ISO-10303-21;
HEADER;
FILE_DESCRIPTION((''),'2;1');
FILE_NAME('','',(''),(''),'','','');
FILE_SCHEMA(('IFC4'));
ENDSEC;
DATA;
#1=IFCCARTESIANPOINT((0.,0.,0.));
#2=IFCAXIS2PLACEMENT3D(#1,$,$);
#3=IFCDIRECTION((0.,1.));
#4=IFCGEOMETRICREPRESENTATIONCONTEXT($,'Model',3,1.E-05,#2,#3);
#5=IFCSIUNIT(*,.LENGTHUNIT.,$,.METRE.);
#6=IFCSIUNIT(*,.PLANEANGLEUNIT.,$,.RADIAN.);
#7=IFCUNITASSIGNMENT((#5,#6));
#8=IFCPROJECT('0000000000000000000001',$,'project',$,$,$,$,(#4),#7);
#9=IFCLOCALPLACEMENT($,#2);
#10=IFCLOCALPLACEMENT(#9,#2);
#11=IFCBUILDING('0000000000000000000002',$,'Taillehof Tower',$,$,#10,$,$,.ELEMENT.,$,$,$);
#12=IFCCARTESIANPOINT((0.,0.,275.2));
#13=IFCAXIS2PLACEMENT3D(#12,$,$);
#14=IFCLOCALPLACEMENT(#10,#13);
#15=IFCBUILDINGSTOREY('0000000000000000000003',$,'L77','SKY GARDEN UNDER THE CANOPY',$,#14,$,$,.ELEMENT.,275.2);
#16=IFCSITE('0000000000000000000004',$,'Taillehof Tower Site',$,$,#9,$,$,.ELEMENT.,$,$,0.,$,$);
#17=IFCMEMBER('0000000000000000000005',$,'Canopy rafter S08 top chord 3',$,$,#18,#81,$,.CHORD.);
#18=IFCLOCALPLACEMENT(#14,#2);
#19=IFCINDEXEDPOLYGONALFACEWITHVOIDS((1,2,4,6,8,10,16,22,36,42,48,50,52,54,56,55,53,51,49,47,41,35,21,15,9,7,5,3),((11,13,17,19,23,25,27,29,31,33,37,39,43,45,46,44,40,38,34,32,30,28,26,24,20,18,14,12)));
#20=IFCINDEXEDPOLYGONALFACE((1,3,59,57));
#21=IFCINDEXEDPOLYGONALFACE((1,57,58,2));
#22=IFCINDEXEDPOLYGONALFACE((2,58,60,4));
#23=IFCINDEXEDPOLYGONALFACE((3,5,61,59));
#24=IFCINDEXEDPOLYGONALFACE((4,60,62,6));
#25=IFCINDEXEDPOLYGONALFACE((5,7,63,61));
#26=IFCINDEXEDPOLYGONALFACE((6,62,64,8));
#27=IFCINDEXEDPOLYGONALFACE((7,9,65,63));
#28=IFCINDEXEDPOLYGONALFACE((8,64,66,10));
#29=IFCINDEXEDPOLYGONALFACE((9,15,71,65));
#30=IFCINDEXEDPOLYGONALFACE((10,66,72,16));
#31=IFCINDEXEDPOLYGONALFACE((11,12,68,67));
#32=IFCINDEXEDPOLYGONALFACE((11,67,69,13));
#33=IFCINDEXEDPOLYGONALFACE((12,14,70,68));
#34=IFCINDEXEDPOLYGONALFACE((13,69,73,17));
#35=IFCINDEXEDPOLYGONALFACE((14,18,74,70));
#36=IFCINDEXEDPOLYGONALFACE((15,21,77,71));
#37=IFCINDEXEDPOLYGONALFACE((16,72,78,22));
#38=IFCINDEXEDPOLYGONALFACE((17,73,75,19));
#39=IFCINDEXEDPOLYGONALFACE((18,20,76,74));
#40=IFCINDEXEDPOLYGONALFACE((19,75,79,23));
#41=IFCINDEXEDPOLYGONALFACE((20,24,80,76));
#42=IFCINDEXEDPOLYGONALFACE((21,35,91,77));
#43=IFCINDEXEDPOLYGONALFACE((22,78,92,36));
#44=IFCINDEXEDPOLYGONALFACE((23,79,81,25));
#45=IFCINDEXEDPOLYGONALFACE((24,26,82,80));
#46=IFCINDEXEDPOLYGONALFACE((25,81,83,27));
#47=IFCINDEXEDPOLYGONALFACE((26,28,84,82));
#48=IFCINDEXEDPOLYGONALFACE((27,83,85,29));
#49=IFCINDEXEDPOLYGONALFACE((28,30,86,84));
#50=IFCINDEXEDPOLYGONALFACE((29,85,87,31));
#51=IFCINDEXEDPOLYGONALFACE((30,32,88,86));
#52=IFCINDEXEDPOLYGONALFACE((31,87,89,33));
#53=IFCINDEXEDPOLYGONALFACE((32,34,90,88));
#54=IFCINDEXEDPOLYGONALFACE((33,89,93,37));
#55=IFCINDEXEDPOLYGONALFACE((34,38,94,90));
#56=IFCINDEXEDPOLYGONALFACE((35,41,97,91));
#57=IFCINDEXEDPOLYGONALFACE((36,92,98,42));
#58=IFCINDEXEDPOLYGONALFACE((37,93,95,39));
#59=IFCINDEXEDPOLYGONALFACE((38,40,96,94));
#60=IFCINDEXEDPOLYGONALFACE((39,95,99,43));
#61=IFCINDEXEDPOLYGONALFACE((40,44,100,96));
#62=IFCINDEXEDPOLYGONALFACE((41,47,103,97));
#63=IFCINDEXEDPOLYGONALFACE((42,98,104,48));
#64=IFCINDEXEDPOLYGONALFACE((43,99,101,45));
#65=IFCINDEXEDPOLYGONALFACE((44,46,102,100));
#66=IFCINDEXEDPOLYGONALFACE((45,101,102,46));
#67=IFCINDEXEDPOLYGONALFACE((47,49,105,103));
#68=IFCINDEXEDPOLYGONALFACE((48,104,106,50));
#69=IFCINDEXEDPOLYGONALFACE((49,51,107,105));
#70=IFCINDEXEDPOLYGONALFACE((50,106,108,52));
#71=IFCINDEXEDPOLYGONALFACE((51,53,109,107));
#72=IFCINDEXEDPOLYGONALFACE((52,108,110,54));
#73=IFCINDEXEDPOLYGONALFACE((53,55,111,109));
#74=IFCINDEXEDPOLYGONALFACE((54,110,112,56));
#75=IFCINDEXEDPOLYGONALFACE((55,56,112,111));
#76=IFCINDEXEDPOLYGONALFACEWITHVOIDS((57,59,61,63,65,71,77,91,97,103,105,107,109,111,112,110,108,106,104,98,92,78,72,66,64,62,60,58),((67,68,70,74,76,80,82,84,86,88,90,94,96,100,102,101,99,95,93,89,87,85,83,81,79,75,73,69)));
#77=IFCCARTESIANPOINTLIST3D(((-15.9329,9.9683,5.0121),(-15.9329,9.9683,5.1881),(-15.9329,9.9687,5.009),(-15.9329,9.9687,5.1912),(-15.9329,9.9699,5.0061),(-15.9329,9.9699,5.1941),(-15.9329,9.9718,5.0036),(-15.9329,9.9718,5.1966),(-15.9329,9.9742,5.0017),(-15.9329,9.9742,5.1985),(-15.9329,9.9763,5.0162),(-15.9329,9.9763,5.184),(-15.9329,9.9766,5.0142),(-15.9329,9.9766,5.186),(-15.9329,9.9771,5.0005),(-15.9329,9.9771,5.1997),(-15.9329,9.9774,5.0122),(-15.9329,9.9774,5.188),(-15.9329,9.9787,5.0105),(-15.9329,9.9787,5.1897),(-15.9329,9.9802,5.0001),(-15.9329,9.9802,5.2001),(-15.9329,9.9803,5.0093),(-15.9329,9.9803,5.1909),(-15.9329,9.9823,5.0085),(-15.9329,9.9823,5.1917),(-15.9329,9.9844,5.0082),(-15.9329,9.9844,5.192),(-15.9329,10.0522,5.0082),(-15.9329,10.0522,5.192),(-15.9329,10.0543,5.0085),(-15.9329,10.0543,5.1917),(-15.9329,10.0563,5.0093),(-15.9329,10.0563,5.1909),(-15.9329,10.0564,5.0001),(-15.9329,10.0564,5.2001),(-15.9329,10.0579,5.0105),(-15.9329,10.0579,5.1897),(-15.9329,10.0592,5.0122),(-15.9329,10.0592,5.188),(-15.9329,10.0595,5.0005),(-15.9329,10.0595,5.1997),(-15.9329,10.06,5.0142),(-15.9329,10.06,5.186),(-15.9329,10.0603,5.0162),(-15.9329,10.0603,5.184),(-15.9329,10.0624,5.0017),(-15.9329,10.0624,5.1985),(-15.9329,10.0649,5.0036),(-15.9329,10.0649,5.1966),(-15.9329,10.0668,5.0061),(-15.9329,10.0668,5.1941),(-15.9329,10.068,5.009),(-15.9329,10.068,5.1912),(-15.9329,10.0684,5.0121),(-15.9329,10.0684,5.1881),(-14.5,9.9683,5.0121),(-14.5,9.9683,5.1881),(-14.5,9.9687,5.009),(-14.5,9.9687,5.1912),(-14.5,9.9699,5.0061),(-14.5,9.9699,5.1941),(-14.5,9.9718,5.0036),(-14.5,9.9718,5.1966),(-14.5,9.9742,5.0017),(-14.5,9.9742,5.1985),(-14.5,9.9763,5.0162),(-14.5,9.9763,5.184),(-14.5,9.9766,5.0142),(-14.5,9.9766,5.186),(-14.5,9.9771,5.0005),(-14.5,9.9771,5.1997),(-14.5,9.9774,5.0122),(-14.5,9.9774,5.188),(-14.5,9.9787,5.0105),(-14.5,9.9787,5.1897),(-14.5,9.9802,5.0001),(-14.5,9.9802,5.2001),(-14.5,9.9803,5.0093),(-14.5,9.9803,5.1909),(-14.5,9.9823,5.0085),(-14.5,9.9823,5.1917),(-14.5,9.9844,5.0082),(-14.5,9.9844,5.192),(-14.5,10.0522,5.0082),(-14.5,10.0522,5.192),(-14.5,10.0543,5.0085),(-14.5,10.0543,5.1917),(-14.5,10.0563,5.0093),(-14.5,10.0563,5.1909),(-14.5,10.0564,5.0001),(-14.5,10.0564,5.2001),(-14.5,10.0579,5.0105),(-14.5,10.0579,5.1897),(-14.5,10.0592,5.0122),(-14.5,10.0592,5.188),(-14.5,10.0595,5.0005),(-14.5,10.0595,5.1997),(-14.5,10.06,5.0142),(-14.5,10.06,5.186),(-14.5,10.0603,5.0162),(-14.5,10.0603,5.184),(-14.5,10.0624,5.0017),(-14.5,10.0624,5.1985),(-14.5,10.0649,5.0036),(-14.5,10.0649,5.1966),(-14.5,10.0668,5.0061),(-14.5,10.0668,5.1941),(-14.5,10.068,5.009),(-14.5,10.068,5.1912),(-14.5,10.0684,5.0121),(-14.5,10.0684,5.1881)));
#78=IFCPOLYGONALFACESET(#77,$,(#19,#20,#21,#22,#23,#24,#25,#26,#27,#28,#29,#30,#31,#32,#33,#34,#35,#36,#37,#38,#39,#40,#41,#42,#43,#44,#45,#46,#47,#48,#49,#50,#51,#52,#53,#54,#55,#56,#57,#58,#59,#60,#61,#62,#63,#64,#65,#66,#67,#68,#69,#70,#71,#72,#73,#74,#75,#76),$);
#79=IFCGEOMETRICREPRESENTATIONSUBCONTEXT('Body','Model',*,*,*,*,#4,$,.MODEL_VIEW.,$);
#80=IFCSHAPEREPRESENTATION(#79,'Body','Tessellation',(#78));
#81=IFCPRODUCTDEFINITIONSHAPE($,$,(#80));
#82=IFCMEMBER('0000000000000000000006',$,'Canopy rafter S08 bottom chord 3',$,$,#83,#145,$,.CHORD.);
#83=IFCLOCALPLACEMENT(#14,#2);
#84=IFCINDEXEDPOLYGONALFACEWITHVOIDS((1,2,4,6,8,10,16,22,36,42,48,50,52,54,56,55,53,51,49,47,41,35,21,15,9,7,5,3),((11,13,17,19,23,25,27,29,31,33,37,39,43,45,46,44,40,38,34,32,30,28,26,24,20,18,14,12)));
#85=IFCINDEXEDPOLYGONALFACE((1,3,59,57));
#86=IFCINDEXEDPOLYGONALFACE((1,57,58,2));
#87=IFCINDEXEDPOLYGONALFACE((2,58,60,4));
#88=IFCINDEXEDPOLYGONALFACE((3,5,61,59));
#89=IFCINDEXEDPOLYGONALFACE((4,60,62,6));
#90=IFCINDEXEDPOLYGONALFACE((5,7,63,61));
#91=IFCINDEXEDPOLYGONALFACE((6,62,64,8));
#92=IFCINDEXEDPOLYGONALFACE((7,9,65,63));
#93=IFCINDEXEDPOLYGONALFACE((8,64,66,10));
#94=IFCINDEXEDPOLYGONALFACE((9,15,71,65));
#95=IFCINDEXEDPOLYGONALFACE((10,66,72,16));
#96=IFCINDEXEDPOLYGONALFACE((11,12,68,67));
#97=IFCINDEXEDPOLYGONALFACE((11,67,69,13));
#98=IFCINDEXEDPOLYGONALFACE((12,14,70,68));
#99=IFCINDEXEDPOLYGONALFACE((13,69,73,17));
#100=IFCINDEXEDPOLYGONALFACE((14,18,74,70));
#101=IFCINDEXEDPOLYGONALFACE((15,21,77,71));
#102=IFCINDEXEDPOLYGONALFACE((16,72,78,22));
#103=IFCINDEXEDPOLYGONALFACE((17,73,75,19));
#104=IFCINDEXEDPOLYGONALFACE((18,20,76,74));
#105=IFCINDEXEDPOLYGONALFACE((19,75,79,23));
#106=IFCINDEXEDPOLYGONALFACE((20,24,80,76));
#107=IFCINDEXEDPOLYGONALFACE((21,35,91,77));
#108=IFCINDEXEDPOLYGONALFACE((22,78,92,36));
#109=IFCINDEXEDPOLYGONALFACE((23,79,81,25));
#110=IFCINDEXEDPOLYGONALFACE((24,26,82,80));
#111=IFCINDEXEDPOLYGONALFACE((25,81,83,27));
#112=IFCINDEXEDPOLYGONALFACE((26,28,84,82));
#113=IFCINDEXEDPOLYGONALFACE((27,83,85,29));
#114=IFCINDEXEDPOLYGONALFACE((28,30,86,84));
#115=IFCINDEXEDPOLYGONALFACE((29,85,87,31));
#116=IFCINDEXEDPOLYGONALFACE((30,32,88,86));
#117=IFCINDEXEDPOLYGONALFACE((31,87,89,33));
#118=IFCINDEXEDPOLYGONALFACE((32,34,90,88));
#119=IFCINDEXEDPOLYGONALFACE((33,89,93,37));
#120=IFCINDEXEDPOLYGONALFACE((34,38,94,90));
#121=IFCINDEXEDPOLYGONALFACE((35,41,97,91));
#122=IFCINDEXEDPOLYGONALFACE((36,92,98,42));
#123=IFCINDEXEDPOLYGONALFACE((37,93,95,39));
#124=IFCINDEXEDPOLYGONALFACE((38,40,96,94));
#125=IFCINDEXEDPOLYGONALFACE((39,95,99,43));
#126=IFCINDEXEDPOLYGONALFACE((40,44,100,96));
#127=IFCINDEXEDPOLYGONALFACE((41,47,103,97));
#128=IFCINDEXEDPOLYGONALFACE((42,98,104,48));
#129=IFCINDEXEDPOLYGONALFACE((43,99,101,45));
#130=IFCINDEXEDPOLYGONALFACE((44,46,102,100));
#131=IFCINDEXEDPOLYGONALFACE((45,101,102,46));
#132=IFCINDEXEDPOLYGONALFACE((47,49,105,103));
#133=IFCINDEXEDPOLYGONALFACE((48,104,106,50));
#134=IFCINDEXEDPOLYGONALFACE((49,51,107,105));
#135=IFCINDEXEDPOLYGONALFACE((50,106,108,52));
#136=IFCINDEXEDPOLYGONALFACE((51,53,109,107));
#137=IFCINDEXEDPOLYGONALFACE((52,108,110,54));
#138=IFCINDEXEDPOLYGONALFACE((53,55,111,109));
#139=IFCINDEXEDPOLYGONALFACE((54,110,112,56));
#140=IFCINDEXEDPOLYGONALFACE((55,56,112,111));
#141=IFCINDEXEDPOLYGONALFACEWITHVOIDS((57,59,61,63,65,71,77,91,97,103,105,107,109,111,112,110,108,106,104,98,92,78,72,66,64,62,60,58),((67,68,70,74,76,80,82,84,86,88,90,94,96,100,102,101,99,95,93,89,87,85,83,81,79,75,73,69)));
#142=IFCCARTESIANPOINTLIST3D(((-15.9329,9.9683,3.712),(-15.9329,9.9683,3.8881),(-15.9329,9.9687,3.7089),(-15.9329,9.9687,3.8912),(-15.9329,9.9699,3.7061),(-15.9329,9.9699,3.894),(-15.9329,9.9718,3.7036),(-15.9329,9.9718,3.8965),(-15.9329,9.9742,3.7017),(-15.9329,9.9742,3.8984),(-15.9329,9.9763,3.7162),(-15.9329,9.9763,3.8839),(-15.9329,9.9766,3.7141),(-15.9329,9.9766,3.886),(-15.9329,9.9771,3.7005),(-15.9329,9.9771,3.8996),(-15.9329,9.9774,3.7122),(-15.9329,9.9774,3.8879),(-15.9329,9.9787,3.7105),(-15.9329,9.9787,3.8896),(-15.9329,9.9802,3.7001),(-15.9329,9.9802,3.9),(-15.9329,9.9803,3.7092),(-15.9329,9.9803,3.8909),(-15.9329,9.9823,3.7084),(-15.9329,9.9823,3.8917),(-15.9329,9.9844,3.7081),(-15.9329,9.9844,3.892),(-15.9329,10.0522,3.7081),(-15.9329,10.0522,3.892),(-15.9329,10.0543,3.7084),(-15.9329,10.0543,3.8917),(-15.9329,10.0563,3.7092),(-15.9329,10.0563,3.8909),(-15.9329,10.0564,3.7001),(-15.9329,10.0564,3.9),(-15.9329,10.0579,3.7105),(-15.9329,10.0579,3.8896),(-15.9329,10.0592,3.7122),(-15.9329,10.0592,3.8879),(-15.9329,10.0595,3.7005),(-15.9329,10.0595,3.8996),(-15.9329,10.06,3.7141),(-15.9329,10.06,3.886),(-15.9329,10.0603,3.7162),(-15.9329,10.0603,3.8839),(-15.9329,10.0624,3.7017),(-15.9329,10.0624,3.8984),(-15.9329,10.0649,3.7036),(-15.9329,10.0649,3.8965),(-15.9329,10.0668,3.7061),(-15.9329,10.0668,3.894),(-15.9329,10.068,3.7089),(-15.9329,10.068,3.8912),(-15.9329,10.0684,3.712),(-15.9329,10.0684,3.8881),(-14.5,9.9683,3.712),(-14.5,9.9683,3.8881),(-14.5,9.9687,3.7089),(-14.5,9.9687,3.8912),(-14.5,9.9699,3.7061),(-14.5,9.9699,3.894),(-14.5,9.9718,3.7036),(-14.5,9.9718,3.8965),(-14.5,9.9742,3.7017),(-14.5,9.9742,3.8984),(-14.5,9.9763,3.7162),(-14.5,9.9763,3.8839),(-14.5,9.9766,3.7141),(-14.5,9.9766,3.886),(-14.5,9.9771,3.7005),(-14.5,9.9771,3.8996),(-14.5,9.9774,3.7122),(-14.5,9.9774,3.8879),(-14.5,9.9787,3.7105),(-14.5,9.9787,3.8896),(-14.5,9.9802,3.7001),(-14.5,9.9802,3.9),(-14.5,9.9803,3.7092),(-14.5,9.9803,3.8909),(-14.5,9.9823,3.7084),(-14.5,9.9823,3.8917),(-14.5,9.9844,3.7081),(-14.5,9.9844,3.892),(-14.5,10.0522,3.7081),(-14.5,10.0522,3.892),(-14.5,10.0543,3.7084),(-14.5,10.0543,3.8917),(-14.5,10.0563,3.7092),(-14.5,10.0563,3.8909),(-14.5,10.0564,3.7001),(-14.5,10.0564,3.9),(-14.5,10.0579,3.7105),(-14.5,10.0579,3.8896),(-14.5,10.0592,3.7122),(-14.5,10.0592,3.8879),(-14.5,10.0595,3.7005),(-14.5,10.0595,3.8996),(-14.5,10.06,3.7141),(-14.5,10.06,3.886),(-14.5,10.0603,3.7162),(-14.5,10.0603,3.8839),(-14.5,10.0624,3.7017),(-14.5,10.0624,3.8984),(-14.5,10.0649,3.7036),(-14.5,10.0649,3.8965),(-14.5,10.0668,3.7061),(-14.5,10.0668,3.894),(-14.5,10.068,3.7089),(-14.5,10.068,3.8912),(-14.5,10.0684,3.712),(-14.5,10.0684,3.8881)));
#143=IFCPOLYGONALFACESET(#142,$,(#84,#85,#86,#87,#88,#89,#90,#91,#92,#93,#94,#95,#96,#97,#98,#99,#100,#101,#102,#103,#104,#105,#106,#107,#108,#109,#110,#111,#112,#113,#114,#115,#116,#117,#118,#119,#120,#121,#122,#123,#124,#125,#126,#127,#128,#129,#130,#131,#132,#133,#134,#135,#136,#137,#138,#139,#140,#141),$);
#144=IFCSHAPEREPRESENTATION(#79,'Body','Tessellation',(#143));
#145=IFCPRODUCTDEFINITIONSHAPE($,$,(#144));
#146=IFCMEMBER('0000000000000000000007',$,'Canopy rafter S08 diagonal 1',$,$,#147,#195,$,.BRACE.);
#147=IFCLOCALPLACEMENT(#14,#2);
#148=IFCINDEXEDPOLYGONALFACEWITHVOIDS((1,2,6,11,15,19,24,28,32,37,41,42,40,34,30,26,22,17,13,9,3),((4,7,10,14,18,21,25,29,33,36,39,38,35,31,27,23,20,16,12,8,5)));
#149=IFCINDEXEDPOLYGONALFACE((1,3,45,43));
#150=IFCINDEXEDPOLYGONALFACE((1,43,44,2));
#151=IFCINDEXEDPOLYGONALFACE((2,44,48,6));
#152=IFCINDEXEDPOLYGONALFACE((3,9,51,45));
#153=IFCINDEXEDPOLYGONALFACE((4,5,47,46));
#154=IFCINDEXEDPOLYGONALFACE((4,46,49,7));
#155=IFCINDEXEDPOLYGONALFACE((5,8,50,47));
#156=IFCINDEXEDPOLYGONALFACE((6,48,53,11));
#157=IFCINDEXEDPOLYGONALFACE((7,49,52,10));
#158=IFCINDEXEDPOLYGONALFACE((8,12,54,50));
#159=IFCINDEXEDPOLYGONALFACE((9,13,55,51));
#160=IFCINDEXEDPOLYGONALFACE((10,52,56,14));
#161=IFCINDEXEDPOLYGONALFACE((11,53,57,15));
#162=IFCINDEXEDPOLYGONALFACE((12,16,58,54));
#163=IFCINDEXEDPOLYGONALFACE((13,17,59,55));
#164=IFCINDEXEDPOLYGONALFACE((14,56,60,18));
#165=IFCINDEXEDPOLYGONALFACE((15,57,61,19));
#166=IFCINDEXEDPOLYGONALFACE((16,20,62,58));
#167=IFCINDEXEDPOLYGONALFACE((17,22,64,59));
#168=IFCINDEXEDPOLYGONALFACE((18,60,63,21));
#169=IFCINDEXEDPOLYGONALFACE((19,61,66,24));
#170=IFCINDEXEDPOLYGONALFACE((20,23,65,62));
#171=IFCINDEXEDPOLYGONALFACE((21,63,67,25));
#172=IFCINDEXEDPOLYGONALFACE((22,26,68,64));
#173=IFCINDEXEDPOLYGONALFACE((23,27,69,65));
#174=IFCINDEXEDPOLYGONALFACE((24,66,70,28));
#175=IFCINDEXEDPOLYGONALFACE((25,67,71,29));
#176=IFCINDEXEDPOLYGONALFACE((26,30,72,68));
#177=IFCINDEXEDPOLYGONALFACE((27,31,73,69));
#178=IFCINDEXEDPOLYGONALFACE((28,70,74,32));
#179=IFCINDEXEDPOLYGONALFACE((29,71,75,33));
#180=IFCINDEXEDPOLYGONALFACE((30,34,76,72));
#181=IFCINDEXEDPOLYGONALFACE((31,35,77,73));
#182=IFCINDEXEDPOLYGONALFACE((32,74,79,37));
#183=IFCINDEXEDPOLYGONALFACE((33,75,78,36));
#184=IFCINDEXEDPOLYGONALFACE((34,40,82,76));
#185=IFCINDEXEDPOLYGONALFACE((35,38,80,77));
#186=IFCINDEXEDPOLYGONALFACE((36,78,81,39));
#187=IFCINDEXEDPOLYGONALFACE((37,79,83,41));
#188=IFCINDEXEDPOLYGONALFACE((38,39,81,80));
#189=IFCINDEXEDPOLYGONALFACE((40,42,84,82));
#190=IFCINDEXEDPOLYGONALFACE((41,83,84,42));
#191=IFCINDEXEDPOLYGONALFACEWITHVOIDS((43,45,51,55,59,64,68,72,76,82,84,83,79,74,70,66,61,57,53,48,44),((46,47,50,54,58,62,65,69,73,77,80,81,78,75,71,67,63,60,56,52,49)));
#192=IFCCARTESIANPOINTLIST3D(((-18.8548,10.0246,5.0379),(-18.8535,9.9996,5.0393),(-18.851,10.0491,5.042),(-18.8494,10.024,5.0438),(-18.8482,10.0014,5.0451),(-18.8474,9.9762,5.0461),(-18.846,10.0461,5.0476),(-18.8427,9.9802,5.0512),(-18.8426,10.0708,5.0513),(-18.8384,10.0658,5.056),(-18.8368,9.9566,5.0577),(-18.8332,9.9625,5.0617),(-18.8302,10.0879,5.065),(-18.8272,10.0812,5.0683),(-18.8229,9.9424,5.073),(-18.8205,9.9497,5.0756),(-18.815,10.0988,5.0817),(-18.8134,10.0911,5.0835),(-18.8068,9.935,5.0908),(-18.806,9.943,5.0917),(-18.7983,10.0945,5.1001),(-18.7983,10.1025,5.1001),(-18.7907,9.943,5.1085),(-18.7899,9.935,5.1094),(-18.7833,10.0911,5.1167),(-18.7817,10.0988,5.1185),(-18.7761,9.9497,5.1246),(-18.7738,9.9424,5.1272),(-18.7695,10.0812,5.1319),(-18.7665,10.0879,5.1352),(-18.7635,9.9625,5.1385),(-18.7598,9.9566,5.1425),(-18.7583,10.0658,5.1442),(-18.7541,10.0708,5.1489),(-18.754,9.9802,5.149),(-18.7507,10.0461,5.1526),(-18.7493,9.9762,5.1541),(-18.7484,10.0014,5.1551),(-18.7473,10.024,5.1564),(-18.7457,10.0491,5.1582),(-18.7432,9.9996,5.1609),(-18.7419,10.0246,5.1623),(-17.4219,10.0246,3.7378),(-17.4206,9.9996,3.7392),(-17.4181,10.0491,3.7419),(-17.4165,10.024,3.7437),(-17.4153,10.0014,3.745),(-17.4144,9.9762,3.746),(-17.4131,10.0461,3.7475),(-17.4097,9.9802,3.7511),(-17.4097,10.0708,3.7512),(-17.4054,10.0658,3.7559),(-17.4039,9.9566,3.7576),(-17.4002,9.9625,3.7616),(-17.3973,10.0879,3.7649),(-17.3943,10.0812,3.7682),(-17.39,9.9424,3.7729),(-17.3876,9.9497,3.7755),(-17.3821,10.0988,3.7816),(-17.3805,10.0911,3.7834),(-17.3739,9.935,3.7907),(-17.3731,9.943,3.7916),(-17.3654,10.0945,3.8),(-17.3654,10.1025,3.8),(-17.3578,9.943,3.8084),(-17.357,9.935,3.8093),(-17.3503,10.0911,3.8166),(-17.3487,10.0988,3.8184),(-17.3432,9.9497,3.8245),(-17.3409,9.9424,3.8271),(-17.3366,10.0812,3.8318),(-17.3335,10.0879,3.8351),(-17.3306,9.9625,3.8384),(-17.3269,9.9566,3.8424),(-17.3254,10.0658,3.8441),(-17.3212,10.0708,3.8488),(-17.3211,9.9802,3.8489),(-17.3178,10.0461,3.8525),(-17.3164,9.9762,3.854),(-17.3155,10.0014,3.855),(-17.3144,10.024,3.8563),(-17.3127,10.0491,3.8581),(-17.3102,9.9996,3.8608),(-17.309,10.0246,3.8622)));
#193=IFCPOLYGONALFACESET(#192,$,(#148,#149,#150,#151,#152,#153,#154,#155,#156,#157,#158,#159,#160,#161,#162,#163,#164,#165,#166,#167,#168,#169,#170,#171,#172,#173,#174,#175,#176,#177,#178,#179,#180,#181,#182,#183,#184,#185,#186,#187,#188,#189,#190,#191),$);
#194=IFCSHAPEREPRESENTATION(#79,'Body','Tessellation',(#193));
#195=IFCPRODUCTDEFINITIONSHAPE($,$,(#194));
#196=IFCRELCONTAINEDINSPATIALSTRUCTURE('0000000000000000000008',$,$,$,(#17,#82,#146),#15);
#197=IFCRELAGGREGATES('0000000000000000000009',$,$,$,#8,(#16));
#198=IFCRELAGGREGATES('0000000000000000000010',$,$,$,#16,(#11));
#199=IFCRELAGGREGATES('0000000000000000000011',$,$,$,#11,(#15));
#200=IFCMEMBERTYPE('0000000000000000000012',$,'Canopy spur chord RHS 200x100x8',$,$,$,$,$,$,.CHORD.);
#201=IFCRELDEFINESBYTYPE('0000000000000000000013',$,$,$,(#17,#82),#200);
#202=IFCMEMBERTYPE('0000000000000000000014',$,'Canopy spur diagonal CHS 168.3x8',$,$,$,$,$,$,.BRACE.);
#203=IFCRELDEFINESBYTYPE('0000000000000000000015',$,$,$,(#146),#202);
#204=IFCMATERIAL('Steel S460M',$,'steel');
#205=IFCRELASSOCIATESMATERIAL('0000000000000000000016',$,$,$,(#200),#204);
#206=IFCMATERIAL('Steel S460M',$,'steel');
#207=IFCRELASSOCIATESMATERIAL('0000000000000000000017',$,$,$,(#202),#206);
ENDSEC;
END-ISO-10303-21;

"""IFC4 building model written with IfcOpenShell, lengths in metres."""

from ifc_helpers import new_model, si_unit, direction, frame, origin, origin_2d, place, context, subcontext, project, spatial, hollow_rectangle, hollow_circle, extrude, material, material_profile, profile_set, type_object, element, save


model = new_model("IFC4")

# Units and contexts
model_context = context("Model", 3, precision=1e-05, world=origin(), true_north=direction((0.0, 1.0)))
body_context = subcontext(model_context, "Body", "Model", "MODEL_VIEW")
ifc_project = project(units=[si_unit("LENGTHUNIT", "METRE"), si_unit("PLANEANGLEUNIT", "RADIAN")], contexts=[model_context])

# Site, building, storey
site_placement = place(None, origin())
site = spatial("IfcSite", under=ifc_project, at=site_placement, Name="Taillehof Tower Site", CompositionType="ELEMENT", RefElevation=0.0)
building_placement = place(site_placement, origin())
building = spatial("IfcBuilding", under=site, at=building_placement, Name="Taillehof Tower", CompositionType="ELEMENT")
storey_placement = place(building_placement, frame((0.0, 0.0, 275.2)))
storey = spatial("IfcBuildingStorey", under=building, at=storey_placement, Name="L77", Description="SKY GARDEN UNDER THE CANOPY", CompositionType="ELEMENT", Elevation=275.2)

# Members
ifc_material_1 = material(Name="Steel S460M", Category="steel")
ifc_material_profile_1 = material_profile(ifc_material_1, hollow_rectangle(XDim=0.1001, YDim=0.2, WallThickness=0.0081, InnerFilletRadius=0.0081, OuterFilletRadius=0.012, at=origin_2d()), Name="RHS 200x100x8")
ifc_profile_set_1 = profile_set([ifc_material_profile_1], Name="Steel S460M")
member_type_1 = type_object("IfcMemberType", Name="Canopy spur chord RHS 200x100x8", PredefinedType="CHORD", material=ifc_profile_set_1)
for number, where, z_axis, x_axis, name in (
    (1, (-15.9329, 10.0183, 5.1001), (1.0, 0.0, 0.0), (0.0, 1.0, 0.0), "Canopy rafter S08 top chord 3"),
    (2, (-15.9329, 10.0183, 3.8), (1.0, 0.0, 0.0), (0.0, 1.0, 0.0), "Canopy rafter S08 bottom chord 3"),
):
    element("IfcMember", number, at=place(storey_placement, frame(where, z_axis=z_axis, x_axis=x_axis)), inside=storey, type_object=member_type_1, Name=name, PredefinedType="CHORD", context=body_context, shape_type="SweptSolid", body=[
        extrude(hollow_rectangle(XDim=0.1001, YDim=0.2, WallThickness=0.0081, InnerFilletRadius=0.0081, OuterFilletRadius=0.012, at=origin_2d()), origin(), (0.0, 0.0, 1.0), 1.4329),
    ])
ifc_material_2 = material(Name="Steel S460M", Category="steel")
ifc_material_profile_2 = material_profile(ifc_material_2, hollow_circle(Radius=0.0842, WallThickness=0.0081, at=origin_2d()), Name="CHS 168.3x8")
ifc_profile_set_2 = profile_set([ifc_material_profile_2], Name="Steel S460M")
member_type_2 = type_object("IfcMemberType", Name="Canopy spur diagonal CHS 168.3x8", PredefinedType="BRACE", material=ifc_profile_set_2)
member_1_placement = place(storey_placement, frame((-18.7983, 10.0183, 5.1001), z_axis=(0.740596, 0.0, -0.67195), x_axis=(0.0, 1.0, 0.0)))
element("IfcMember", 3, at=member_1_placement, inside=storey, type_object=member_type_2, Name="Canopy rafter S08 diagonal 1", PredefinedType="BRACE", context=body_context, shape_type="SweptSolid", body=[
    extrude(hollow_circle(Radius=0.0842, WallThickness=0.0081, at=origin_2d()), origin(), (0.0, 0.0, 1.0), 1.9348),
])

save(model, "model.ifc")
